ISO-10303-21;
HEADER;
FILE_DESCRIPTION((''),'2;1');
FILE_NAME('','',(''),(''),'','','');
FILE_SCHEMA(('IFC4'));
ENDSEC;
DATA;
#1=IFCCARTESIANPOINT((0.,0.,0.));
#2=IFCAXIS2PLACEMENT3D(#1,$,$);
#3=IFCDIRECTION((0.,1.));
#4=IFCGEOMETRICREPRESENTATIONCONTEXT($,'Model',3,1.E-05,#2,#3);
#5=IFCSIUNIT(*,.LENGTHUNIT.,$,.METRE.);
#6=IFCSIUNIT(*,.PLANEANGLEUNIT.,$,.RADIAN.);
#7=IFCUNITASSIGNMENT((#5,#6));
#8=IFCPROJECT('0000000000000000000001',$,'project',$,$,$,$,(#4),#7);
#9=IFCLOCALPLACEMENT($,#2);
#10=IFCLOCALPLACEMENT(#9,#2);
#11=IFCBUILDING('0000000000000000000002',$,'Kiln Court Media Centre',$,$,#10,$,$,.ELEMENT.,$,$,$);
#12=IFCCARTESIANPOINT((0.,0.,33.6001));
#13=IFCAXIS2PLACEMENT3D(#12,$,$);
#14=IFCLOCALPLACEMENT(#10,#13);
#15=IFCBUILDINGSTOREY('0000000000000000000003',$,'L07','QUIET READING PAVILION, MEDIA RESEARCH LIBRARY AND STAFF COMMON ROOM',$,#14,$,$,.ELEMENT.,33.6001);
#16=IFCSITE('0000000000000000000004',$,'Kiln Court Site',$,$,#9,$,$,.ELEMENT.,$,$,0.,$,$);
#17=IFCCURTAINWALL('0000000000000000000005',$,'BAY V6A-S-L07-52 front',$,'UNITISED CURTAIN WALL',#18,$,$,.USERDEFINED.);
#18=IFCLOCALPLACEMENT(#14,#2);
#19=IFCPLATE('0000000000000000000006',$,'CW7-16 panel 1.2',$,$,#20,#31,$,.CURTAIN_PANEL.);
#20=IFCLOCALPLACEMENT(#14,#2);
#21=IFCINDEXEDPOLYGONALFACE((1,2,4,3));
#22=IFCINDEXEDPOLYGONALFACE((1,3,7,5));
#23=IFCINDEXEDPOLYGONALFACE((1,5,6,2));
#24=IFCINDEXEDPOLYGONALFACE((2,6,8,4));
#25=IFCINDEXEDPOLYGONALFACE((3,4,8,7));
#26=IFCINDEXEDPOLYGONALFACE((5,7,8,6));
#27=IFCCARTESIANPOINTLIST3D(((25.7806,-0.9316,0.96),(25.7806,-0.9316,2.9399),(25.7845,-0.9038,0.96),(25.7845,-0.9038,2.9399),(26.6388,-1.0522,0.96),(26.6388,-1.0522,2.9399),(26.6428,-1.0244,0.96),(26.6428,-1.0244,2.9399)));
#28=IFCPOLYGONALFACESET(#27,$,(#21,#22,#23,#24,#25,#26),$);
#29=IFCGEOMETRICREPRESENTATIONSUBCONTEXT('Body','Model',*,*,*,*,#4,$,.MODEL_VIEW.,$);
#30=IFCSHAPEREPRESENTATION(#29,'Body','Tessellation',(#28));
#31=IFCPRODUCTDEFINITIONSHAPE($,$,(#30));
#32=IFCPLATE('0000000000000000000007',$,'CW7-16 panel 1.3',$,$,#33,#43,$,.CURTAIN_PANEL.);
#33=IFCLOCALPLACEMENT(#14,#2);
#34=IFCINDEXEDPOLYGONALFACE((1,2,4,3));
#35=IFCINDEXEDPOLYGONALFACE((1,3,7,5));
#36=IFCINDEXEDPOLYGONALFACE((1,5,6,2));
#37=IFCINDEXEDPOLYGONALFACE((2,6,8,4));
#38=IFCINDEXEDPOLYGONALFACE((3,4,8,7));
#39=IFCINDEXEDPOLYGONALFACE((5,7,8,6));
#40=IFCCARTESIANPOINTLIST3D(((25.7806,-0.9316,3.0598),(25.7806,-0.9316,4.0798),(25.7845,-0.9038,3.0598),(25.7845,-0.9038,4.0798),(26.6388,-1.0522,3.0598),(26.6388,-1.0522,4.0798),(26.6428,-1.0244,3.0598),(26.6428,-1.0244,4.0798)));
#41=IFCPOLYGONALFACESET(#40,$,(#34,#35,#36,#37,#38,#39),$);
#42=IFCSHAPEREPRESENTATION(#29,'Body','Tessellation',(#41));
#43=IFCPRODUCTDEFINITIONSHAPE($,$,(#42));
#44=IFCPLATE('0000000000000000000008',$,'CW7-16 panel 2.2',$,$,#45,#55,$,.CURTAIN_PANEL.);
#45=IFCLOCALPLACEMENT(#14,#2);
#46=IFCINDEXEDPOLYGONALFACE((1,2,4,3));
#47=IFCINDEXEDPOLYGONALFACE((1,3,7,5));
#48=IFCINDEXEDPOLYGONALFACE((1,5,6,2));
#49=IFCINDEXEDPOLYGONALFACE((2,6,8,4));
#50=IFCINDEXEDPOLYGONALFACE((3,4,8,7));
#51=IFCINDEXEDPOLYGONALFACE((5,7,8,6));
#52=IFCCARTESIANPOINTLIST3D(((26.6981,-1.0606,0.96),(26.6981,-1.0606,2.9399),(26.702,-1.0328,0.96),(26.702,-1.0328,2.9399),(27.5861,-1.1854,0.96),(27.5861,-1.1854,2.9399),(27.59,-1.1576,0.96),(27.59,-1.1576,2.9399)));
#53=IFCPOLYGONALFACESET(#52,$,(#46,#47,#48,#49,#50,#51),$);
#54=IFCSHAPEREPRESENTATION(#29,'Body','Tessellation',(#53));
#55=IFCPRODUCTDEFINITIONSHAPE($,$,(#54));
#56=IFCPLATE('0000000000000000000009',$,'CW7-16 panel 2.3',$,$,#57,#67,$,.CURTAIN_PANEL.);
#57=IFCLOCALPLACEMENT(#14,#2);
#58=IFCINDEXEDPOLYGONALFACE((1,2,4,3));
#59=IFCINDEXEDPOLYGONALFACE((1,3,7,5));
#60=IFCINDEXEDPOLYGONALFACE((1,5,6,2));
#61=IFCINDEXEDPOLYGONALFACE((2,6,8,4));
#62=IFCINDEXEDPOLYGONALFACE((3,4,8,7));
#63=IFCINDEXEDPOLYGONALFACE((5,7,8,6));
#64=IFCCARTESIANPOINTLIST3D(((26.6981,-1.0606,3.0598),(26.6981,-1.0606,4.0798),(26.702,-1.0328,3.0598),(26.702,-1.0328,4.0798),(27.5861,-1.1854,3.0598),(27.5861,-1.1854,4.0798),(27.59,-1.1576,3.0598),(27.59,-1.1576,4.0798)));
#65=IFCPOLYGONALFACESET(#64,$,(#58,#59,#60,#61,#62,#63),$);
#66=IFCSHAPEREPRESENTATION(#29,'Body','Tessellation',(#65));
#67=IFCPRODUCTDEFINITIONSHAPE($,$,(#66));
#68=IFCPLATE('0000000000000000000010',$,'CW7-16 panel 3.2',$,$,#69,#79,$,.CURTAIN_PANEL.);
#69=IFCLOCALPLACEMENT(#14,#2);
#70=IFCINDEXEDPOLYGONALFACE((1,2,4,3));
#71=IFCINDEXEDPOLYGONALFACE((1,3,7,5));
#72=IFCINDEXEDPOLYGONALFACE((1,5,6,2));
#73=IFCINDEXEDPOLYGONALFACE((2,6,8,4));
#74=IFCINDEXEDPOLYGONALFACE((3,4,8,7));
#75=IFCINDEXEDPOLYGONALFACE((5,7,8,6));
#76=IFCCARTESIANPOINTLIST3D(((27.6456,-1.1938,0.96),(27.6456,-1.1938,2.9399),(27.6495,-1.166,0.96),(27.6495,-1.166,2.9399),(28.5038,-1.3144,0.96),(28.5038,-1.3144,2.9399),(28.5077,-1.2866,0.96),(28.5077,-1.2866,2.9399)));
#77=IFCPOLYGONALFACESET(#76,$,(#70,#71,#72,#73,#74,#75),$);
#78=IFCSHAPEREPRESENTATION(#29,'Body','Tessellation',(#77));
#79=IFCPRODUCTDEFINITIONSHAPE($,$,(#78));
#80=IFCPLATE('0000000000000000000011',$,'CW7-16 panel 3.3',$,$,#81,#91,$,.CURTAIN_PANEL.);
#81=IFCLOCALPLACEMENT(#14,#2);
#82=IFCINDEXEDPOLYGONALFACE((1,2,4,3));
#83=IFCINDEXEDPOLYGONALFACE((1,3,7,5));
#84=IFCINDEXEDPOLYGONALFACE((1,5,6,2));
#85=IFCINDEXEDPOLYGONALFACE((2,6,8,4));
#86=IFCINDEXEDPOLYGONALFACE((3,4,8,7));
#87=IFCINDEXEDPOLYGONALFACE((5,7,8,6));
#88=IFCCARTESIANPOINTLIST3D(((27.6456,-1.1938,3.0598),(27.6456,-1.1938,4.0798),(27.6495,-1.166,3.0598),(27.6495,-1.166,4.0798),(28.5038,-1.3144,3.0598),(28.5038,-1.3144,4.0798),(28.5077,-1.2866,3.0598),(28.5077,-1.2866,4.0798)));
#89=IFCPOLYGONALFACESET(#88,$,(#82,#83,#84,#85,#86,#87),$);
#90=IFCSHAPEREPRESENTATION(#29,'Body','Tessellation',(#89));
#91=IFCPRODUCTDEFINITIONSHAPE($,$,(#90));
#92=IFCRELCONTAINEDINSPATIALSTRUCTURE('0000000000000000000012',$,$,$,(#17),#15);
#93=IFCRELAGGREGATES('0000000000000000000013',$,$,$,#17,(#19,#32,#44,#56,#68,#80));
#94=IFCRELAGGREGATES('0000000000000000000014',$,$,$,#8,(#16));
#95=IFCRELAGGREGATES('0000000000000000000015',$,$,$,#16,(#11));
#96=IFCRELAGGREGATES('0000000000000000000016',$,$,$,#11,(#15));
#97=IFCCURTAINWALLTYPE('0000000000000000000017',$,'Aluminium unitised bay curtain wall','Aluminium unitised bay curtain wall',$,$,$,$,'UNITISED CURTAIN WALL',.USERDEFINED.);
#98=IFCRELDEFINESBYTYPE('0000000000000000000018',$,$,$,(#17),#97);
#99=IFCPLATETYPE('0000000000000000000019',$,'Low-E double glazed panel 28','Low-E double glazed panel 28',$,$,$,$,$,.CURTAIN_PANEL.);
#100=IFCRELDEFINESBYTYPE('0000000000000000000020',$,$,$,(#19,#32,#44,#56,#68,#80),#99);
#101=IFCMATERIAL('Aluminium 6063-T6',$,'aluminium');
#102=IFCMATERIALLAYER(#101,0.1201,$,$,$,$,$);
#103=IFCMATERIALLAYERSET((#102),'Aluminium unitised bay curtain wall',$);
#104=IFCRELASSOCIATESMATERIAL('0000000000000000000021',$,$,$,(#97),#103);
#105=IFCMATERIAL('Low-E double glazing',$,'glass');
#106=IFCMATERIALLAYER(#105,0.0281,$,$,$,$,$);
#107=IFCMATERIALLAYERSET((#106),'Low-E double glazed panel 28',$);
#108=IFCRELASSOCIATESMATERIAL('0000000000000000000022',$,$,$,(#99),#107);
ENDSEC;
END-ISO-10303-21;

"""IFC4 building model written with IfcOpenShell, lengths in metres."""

from ifc_helpers import new_model, si_unit, direction, frame, origin, origin_2d, place, context, subcontext, project, spatial, rectangle, extrude, material, layer, layer_set, type_object, element, aggregate, save


model = new_model("IFC4")

# Units and contexts
model_context = context("Model", 3, precision=1e-05, world=origin(), true_north=direction((0.0, 1.0)))
body_context = subcontext(model_context, "Body", "Model", "MODEL_VIEW")
ifc_project = project(units=[si_unit("LENGTHUNIT", "METRE"), si_unit("PLANEANGLEUNIT", "RADIAN")], contexts=[model_context])

# Site, building, storey
site_placement = place(None, origin())
site = spatial("IfcSite", under=ifc_project, at=site_placement, Name="Kiln Court Site", CompositionType="ELEMENT", RefElevation=0.0)
building_placement = place(site_placement, origin())
building = spatial("IfcBuilding", under=site, at=building_placement, Name="Kiln Court Media Centre", CompositionType="ELEMENT")
storey_placement = place(building_placement, frame((0.0, 0.0, 33.6001)))
storey = spatial("IfcBuildingStorey", under=building, at=storey_placement, Name="L07", Description="QUIET READING PAVILION, MEDIA RESEARCH LIBRARY AND STAFF COMMON ROOM", CompositionType="ELEMENT", Elevation=33.6001)

# Curtain wall, plates
ifc_material_1 = material(Name="Aluminium 6063-T6", Category="aluminium")
ifc_layer_1 = layer(ifc_material_1, 0.1201)
ifc_layer_set_1 = layer_set([ifc_layer_1], Name="Aluminium unitised bay curtain wall")
curtain_wall_type = type_object("IfcCurtainWallType", Name="Aluminium unitised bay curtain wall", Description="Aluminium unitised bay curtain wall", ElementType="UNITISED CURTAIN WALL", PredefinedType="USERDEFINED", material=ifc_layer_set_1)
curtain_wall_placement = place(storey_placement, origin())
curtain_wall = element("IfcCurtainWall", 1, at=curtain_wall_placement, inside=storey, type_object=curtain_wall_type, Name="BAY V6A-S-L07-52 front", ObjectType="UNITISED CURTAIN WALL", PredefinedType="USERDEFINED")
ifc_material_2 = material(Name="Low-E double glazing", Category="glass")
ifc_layer_2 = layer(ifc_material_2, 0.0281)
ifc_layer_set_2 = layer_set([ifc_layer_2], Name="Low-E double glazed panel 28")
plate_type_1 = type_object("IfcPlateType", Name="Low-E double glazed panel 28", Description="Low-E double glazed panel 28", PredefinedType="CURTAIN_PANEL", material=ifc_layer_set_2)
plate_1_placement = place(storey_placement, frame((26.2117, -0.978, 0.96), z_axis=(0.0, 0.0, 1.0), x_axis=(0.99027, -0.139162, 0.0)))
plate_1 = element("IfcPlate", 2, at=plate_1_placement, type_object=plate_type_1, Name="CW7-16 panel 1.2", PredefinedType="CURTAIN_PANEL", context=body_context, shape_type="SweptSolid", body=[
    extrude(rectangle(XDim=0.8667, YDim=0.0281, at=origin_2d()), origin(), (0.0, 0.0, 1.0), 1.98),
])
plate_2_placement = place(storey_placement, frame((26.2117, -0.978, 3.0598), z_axis=(0.0, 0.0, 1.0), x_axis=(0.99027, -0.139162, 0.0)))
plate_2 = element("IfcPlate", 3, at=plate_2_placement, type_object=plate_type_1, Name="CW7-16 panel 1.3", PredefinedType="CURTAIN_PANEL", context=body_context, shape_type="SweptSolid", body=[
    extrude(rectangle(XDim=0.8667, YDim=0.0281, at=origin_2d()), origin(), (0.0, 0.0, 1.0), 1.02),
])
plate_3_placement = place(storey_placement, frame((27.144, -1.1091, 0.96), z_axis=(0.0, 0.0, 1.0), x_axis=(0.99027, -0.139162, 0.0)))
plate_3 = element("IfcPlate", 4, at=plate_3_placement, type_object=plate_type_1, Name="CW7-16 panel 2.2", PredefinedType="CURTAIN_PANEL", context=body_context, shape_type="SweptSolid", body=[
    extrude(rectangle(XDim=0.8967, YDim=0.0281, at=origin_2d()), origin(), (0.0, 0.0, 1.0), 1.98),
])
plate_4_placement = place(storey_placement, frame((27.144, -1.1091, 3.0598), z_axis=(0.0, 0.0, 1.0), x_axis=(0.99027, -0.139162, 0.0)))
plate_4 = element("IfcPlate", 5, at=plate_4_placement, type_object=plate_type_1, Name="CW7-16 panel 2.3", PredefinedType="CURTAIN_PANEL", context=body_context, shape_type="SweptSolid", body=[
    extrude(rectangle(XDim=0.8967, YDim=0.0281, at=origin_2d()), origin(), (0.0, 0.0, 1.0), 1.02),
])
plate_5_placement = place(storey_placement, frame((28.0767, -1.2402, 0.96), z_axis=(0.0, 0.0, 1.0), x_axis=(0.99027, -0.139162, 0.0)))
plate_5 = element("IfcPlate", 6, at=plate_5_placement, type_object=plate_type_1, Name="CW7-16 panel 3.2", PredefinedType="CURTAIN_PANEL", context=body_context, shape_type="SweptSolid", body=[
    extrude(rectangle(XDim=0.8667, YDim=0.0281, at=origin_2d()), origin(), (0.0, 0.0, 1.0), 1.98),
])
plate_6_placement = place(storey_placement, frame((28.0767, -1.2402, 3.0598), z_axis=(0.0, 0.0, 1.0), x_axis=(0.99027, -0.139162, 0.0)))
plate_6 = element("IfcPlate", 7, at=plate_6_placement, type_object=plate_type_1, Name="CW7-16 panel 3.3", PredefinedType="CURTAIN_PANEL", context=body_context, shape_type="SweptSolid", body=[
    extrude(rectangle(XDim=0.8667, YDim=0.0281, at=origin_2d()), origin(), (0.0, 0.0, 1.0), 1.02),
])
aggregate(curtain_wall, [plate_1, plate_2, plate_3, plate_4, plate_5, plate_6])

save(model, "model.ifc")
